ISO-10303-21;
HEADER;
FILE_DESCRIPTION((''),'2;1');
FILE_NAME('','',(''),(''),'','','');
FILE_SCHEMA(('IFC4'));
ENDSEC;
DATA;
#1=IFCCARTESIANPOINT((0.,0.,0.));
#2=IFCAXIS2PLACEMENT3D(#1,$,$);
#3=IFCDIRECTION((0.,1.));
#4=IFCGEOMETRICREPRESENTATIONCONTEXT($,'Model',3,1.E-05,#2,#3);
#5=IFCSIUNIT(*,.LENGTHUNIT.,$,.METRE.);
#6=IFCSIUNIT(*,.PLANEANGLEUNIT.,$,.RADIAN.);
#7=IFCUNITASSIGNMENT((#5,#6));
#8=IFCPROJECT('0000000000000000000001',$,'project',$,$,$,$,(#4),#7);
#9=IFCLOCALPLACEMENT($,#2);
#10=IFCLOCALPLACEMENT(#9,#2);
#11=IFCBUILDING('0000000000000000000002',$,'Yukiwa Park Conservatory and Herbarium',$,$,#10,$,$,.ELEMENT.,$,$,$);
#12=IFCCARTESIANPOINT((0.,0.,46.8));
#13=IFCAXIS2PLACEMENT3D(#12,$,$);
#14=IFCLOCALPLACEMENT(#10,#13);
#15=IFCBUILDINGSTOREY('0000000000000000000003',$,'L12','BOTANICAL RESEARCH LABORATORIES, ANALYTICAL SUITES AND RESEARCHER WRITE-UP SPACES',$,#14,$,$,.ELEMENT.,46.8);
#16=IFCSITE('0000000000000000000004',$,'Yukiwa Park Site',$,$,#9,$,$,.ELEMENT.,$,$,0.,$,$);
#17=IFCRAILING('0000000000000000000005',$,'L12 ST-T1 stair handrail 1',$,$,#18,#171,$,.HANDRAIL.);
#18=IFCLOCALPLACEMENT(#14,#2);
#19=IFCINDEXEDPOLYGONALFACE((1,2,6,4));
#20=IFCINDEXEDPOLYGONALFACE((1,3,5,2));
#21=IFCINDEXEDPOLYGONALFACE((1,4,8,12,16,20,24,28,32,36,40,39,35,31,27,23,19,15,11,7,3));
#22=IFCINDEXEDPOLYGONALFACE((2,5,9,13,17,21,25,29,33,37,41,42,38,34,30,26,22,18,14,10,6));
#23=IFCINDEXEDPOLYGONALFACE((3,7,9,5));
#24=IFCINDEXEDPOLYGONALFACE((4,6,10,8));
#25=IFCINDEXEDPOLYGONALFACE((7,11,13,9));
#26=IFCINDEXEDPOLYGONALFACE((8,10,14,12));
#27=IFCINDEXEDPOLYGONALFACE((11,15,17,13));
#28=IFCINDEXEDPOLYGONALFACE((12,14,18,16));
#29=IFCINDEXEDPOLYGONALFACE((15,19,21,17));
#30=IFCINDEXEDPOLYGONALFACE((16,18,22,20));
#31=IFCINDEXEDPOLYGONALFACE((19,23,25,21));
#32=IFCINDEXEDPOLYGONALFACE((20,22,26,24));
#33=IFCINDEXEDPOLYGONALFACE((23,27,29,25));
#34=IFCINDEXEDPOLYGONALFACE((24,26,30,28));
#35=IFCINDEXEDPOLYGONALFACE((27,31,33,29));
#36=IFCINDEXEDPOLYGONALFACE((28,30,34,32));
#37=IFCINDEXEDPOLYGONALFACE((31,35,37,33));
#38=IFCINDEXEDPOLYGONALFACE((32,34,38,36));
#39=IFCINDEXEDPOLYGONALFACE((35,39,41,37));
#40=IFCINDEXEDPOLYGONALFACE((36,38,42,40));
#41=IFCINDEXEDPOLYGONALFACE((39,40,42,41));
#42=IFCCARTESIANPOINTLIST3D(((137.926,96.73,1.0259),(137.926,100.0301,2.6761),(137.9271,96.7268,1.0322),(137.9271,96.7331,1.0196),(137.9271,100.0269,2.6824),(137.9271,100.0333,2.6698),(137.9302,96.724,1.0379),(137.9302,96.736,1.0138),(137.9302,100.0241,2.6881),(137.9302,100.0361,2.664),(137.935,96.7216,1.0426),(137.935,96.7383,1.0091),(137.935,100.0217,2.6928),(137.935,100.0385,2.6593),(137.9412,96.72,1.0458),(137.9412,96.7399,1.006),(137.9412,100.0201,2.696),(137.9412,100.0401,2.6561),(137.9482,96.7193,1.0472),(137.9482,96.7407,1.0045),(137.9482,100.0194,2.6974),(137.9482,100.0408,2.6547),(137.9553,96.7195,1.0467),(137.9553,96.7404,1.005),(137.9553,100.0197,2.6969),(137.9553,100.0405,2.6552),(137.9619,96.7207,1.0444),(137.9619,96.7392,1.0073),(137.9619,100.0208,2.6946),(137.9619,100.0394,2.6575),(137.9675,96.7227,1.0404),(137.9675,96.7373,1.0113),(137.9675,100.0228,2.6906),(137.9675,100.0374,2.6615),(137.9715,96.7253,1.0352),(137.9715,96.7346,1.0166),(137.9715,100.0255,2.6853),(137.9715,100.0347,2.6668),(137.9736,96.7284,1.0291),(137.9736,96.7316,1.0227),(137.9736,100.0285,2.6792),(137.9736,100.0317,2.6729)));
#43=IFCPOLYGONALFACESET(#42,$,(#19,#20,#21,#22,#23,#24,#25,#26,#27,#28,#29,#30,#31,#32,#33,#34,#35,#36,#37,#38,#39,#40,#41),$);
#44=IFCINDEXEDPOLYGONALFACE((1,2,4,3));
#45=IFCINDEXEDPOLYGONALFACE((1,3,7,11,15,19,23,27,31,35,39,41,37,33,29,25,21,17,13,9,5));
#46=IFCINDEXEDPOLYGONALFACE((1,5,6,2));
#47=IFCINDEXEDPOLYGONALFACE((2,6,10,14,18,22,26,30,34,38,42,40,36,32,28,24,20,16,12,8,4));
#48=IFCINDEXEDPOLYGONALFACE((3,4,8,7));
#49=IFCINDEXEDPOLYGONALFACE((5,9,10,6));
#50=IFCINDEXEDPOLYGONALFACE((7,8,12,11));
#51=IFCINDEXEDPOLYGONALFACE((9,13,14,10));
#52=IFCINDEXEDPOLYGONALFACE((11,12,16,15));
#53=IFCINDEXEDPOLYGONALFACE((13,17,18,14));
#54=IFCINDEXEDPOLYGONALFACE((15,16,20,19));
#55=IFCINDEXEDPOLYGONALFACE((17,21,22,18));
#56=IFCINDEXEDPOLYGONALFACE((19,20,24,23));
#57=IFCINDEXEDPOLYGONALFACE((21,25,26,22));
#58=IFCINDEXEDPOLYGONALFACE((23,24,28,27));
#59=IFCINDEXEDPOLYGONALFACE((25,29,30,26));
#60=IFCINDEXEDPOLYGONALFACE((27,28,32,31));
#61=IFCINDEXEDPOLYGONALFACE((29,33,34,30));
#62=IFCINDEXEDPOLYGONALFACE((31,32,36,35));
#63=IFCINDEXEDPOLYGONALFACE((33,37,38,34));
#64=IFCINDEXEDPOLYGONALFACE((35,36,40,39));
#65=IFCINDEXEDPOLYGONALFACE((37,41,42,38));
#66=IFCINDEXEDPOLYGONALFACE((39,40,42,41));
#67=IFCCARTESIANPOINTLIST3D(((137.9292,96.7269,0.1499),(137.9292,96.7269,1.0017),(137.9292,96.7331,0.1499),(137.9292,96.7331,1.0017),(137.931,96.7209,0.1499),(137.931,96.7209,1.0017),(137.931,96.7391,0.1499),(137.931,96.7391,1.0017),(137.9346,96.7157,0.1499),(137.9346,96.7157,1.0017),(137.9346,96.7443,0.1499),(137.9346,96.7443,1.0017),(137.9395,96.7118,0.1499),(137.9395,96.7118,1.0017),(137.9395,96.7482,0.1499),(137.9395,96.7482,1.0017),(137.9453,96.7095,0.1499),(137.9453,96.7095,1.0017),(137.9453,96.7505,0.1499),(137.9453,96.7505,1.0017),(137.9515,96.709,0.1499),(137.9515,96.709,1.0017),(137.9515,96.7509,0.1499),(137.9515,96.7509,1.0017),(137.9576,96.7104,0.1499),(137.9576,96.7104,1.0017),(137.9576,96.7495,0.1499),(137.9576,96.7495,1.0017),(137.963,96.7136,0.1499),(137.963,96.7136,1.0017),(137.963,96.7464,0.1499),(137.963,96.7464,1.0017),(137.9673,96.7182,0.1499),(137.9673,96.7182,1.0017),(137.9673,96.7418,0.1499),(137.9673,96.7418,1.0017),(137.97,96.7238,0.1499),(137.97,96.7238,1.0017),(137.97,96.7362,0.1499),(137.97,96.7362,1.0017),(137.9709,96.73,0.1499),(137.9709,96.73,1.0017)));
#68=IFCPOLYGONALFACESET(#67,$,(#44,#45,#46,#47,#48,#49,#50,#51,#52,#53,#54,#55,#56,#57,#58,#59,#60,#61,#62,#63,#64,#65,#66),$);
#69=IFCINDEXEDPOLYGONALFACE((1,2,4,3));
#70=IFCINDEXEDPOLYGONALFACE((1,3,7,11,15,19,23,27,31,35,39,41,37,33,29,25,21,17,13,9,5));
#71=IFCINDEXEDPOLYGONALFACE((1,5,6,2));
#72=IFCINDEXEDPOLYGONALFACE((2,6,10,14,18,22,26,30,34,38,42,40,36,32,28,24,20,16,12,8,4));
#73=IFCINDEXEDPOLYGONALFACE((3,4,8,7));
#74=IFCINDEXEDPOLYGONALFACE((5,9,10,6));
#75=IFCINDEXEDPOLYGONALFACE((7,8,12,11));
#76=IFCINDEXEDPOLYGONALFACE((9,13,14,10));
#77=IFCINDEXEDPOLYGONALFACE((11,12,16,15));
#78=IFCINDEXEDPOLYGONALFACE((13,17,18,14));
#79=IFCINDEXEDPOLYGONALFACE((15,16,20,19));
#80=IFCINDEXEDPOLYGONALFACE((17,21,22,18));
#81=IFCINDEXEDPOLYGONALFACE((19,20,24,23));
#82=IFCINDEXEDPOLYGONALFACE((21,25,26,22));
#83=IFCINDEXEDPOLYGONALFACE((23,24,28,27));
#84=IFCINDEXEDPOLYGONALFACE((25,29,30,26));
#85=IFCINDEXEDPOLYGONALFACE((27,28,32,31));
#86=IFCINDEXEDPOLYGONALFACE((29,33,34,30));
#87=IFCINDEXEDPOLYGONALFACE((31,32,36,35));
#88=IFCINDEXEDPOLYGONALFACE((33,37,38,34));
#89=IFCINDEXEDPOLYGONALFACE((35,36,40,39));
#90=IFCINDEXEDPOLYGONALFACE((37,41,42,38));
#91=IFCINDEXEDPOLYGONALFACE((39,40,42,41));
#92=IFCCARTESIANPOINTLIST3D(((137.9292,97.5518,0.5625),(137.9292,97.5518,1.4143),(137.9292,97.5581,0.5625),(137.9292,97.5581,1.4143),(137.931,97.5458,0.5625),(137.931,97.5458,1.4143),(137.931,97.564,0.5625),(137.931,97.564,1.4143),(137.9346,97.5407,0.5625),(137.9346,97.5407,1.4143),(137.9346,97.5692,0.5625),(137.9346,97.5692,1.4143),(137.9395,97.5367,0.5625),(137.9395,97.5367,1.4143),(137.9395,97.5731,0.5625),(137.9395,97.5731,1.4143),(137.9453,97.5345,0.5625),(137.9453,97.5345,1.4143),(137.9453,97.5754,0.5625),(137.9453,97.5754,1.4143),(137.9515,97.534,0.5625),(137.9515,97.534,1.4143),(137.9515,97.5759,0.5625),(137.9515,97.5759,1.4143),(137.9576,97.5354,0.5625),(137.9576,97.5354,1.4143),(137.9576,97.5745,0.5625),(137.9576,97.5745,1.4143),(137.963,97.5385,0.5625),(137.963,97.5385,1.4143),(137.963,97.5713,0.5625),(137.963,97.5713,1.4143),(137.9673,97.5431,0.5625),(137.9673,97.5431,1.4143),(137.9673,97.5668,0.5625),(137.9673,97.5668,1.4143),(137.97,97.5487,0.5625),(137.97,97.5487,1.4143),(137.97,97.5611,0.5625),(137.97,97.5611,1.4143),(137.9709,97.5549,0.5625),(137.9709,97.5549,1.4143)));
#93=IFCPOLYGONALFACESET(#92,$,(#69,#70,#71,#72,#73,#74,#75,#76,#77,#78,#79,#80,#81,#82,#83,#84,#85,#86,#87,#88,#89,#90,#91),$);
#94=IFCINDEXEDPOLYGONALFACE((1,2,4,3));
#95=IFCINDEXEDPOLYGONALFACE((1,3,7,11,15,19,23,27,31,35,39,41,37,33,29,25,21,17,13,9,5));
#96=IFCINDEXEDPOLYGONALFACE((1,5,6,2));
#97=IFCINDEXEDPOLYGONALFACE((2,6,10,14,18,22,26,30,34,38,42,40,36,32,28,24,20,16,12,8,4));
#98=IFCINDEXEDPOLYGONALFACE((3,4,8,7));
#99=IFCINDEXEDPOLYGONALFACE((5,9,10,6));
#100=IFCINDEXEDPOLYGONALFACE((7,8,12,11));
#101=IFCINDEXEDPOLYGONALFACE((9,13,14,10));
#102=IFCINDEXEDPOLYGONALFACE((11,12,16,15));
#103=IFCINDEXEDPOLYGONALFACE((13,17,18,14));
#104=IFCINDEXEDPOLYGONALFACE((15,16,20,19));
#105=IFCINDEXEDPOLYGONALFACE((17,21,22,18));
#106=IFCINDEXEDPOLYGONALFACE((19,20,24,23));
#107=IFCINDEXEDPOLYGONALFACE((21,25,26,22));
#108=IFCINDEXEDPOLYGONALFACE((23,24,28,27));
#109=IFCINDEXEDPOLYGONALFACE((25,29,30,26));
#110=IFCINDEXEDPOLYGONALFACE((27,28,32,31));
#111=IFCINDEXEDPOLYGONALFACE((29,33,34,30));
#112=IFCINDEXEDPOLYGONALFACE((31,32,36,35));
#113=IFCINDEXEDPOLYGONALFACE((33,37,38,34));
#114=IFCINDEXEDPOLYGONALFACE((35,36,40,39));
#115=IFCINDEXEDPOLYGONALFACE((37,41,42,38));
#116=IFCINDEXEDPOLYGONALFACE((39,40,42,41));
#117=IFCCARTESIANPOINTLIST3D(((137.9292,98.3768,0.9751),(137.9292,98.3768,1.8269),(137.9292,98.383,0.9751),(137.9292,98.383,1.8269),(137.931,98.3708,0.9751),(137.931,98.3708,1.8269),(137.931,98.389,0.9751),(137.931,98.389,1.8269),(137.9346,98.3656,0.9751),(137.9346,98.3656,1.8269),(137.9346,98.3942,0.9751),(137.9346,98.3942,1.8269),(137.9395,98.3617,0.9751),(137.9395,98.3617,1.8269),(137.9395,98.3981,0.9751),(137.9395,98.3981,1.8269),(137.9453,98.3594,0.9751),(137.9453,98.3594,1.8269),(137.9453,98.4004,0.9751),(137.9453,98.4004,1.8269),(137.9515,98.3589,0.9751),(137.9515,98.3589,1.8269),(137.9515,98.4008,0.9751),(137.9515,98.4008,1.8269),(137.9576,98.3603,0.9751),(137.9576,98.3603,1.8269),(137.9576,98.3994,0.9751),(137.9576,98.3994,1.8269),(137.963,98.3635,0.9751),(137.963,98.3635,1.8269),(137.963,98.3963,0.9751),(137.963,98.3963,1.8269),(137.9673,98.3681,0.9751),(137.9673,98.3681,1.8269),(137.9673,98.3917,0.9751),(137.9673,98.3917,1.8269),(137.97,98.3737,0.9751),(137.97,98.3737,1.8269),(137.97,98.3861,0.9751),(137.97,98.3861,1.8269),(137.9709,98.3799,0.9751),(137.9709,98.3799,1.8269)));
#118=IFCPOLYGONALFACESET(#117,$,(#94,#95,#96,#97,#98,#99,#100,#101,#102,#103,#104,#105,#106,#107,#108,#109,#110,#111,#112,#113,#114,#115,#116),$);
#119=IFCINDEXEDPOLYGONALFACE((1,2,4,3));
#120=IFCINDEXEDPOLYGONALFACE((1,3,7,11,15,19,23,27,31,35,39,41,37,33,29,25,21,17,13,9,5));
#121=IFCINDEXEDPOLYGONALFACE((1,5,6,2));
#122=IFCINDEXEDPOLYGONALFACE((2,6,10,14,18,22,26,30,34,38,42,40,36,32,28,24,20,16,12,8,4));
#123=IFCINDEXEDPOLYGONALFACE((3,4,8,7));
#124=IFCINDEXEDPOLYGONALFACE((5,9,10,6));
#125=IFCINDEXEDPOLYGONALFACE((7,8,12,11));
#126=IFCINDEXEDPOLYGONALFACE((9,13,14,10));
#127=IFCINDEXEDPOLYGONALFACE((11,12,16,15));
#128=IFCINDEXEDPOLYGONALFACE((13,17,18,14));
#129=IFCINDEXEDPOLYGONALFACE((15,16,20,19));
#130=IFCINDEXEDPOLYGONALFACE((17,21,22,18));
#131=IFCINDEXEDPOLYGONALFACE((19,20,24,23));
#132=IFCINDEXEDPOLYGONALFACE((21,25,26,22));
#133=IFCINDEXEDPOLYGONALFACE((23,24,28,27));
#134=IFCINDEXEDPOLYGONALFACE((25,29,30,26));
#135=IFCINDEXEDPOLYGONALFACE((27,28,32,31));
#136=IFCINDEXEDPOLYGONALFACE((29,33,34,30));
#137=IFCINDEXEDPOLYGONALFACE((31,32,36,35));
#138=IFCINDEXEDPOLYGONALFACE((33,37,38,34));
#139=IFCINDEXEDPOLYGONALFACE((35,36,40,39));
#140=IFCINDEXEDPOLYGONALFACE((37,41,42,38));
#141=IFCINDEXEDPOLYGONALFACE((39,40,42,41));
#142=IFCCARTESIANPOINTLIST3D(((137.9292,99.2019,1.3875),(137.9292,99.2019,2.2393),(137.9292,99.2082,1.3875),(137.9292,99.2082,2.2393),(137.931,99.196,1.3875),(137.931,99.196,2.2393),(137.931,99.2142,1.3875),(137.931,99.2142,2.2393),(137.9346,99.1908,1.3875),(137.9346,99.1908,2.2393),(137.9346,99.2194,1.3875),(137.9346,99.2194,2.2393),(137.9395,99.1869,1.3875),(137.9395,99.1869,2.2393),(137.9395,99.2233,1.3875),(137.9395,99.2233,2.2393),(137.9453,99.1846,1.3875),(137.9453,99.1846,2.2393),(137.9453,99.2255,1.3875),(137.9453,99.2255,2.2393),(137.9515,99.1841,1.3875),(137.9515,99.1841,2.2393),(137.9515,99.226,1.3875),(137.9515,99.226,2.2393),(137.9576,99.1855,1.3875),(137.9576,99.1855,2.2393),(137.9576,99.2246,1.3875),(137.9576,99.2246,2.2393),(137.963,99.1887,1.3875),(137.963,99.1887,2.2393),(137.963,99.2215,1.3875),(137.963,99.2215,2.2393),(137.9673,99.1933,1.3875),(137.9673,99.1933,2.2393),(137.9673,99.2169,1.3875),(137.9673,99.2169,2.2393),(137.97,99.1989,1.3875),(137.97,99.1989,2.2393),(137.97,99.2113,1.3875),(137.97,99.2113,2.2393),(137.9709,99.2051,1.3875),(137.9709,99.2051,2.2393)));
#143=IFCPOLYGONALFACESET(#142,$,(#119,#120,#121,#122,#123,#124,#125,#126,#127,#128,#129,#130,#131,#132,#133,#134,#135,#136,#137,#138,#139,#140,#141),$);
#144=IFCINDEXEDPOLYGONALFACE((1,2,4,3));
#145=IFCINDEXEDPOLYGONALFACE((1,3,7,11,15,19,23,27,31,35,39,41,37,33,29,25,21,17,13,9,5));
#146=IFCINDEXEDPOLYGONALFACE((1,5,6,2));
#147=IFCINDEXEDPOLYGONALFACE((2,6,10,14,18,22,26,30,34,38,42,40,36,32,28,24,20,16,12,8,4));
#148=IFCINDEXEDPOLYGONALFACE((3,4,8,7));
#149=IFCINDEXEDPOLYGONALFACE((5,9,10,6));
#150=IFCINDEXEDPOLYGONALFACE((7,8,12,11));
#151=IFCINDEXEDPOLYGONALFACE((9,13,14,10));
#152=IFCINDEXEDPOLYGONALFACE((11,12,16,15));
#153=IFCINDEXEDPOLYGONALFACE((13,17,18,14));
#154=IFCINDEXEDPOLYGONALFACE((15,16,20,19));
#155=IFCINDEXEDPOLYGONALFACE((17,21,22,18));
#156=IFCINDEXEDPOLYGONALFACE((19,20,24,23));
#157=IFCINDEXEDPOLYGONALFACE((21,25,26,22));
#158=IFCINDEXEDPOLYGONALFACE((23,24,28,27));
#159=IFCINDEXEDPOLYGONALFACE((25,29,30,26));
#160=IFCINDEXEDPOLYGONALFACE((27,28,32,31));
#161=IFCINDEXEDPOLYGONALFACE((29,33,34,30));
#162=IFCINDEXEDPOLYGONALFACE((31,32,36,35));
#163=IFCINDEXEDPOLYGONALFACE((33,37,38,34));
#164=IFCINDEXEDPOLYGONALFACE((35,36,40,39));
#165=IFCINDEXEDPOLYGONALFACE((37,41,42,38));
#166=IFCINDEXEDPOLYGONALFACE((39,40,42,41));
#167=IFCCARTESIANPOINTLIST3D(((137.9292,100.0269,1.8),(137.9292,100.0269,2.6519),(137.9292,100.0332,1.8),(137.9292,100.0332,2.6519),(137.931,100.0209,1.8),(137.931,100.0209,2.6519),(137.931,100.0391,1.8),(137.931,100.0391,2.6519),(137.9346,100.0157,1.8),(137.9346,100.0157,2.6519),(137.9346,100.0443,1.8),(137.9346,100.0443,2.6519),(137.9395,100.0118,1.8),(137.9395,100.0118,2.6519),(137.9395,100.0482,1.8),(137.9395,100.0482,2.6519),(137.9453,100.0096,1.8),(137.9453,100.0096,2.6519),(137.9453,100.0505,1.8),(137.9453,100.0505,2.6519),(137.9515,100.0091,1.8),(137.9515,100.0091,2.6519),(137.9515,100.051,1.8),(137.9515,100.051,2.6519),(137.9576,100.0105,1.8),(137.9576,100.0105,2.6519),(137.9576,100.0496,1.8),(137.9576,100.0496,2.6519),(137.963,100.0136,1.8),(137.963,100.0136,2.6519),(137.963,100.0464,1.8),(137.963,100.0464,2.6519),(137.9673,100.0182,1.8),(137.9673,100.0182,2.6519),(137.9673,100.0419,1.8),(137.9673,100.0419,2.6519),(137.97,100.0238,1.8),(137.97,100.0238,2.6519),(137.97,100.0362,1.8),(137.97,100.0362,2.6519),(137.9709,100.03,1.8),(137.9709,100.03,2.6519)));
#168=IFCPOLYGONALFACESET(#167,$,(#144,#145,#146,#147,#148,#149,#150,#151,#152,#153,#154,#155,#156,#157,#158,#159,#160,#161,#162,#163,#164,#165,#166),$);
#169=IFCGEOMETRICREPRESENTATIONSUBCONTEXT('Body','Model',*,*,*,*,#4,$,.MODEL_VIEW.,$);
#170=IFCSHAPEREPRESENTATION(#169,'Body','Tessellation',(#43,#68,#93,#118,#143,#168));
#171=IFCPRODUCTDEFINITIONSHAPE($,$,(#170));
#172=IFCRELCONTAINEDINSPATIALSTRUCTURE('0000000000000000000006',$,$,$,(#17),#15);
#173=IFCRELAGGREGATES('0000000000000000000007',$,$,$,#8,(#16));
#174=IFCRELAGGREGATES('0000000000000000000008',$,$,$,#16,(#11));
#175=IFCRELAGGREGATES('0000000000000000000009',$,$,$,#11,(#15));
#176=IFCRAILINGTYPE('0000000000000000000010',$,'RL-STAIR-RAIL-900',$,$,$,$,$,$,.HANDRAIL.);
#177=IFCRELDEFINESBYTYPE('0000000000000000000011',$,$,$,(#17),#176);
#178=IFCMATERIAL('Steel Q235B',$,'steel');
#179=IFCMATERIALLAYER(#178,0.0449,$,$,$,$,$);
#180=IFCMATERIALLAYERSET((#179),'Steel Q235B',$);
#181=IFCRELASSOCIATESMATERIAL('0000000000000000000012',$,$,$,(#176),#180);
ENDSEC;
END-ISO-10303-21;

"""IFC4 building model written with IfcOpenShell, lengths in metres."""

from ifc_helpers import new_model, si_unit, direction, frame, origin, origin_2d, place, context, subcontext, project, spatial, circle, extrude, material, layer, layer_set, type_object, element, save


model = new_model("IFC4")

# Units and contexts
model_context = context("Model", 3, precision=1e-05, world=origin(), true_north=direction((0.0, 1.0)))
body_context = subcontext(model_context, "Body", "Model", "MODEL_VIEW")
ifc_project = project(units=[si_unit("LENGTHUNIT", "METRE"), si_unit("PLANEANGLEUNIT", "RADIAN")], contexts=[model_context])

# Site, building, storey
site_placement = place(None, origin())
site = spatial("IfcSite", under=ifc_project, at=site_placement, Name="Yukiwa Park Site", CompositionType="ELEMENT", RefElevation=0.0)
building_placement = place(site_placement, origin())
building = spatial("IfcBuilding", under=site, at=building_placement, Name="Yukiwa Park Conservatory and Herbarium", CompositionType="ELEMENT")
storey_placement = place(building_placement, frame((0.0, 0.0, 46.8)))
storey = spatial("IfcBuildingStorey", under=building, at=storey_placement, Name="L12", Description="BOTANICAL RESEARCH LABORATORIES, ANALYTICAL SUITES AND RESEARCHER WRITE-UP SPACES", CompositionType="ELEMENT", Elevation=46.8)

# Railing
ifc_material_1 = material(Name="Steel Q235B", Category="steel")
ifc_layer_1 = layer(ifc_material_1, 0.0449)
ifc_layer_set_1 = layer_set([ifc_layer_1], Name="Steel Q235B")
railing_type_1 = type_object("IfcRailingType", Name="RL-STAIR-RAIL-900", PredefinedType="HANDRAIL", material=ifc_layer_set_1)
railing_1_placement = place(storey_placement, frame((137.95, 96.73, 0.1499)))
element("IfcRailing", 1, at=railing_1_placement, inside=storey, type_object=railing_type_1, Name="L12 ST-T1 stair handrail 1", PredefinedType="HANDRAIL", context=body_context, shape_type="SweptSolid", body=[
    extrude(circle(Radius=0.0239, at=origin_2d()), frame((0.0, 0.0, 0.876), z_axis=(0.0, 0.894414, 0.44724), x_axis=(-1.0, 0.0, 0.0)), (0.0, 0.0, 1.0), 3.6897),
    extrude(circle(Radius=0.021, at=origin_2d()), origin(), (0.0, 0.0, 1.0), 0.8518),
    extrude(circle(Radius=0.021, at=origin_2d()), frame((0.0, 0.825, 0.4126)), (0.0, 0.0, 1.0), 0.8518),
    extrude(circle(Radius=0.021, at=origin_2d()), frame((0.0, 1.6499, 0.8252)), (0.0, 0.0, 1.0), 0.8518),
    extrude(circle(Radius=0.021, at=origin_2d()), frame((0.0, 2.4751, 1.2375)), (0.0, 0.0, 1.0), 0.8518),
    extrude(circle(Radius=0.021, at=origin_2d()), frame((0.0, 3.3, 1.6501)), (0.0, 0.0, 1.0), 0.8518),
])

save(model, "model.ifc")
